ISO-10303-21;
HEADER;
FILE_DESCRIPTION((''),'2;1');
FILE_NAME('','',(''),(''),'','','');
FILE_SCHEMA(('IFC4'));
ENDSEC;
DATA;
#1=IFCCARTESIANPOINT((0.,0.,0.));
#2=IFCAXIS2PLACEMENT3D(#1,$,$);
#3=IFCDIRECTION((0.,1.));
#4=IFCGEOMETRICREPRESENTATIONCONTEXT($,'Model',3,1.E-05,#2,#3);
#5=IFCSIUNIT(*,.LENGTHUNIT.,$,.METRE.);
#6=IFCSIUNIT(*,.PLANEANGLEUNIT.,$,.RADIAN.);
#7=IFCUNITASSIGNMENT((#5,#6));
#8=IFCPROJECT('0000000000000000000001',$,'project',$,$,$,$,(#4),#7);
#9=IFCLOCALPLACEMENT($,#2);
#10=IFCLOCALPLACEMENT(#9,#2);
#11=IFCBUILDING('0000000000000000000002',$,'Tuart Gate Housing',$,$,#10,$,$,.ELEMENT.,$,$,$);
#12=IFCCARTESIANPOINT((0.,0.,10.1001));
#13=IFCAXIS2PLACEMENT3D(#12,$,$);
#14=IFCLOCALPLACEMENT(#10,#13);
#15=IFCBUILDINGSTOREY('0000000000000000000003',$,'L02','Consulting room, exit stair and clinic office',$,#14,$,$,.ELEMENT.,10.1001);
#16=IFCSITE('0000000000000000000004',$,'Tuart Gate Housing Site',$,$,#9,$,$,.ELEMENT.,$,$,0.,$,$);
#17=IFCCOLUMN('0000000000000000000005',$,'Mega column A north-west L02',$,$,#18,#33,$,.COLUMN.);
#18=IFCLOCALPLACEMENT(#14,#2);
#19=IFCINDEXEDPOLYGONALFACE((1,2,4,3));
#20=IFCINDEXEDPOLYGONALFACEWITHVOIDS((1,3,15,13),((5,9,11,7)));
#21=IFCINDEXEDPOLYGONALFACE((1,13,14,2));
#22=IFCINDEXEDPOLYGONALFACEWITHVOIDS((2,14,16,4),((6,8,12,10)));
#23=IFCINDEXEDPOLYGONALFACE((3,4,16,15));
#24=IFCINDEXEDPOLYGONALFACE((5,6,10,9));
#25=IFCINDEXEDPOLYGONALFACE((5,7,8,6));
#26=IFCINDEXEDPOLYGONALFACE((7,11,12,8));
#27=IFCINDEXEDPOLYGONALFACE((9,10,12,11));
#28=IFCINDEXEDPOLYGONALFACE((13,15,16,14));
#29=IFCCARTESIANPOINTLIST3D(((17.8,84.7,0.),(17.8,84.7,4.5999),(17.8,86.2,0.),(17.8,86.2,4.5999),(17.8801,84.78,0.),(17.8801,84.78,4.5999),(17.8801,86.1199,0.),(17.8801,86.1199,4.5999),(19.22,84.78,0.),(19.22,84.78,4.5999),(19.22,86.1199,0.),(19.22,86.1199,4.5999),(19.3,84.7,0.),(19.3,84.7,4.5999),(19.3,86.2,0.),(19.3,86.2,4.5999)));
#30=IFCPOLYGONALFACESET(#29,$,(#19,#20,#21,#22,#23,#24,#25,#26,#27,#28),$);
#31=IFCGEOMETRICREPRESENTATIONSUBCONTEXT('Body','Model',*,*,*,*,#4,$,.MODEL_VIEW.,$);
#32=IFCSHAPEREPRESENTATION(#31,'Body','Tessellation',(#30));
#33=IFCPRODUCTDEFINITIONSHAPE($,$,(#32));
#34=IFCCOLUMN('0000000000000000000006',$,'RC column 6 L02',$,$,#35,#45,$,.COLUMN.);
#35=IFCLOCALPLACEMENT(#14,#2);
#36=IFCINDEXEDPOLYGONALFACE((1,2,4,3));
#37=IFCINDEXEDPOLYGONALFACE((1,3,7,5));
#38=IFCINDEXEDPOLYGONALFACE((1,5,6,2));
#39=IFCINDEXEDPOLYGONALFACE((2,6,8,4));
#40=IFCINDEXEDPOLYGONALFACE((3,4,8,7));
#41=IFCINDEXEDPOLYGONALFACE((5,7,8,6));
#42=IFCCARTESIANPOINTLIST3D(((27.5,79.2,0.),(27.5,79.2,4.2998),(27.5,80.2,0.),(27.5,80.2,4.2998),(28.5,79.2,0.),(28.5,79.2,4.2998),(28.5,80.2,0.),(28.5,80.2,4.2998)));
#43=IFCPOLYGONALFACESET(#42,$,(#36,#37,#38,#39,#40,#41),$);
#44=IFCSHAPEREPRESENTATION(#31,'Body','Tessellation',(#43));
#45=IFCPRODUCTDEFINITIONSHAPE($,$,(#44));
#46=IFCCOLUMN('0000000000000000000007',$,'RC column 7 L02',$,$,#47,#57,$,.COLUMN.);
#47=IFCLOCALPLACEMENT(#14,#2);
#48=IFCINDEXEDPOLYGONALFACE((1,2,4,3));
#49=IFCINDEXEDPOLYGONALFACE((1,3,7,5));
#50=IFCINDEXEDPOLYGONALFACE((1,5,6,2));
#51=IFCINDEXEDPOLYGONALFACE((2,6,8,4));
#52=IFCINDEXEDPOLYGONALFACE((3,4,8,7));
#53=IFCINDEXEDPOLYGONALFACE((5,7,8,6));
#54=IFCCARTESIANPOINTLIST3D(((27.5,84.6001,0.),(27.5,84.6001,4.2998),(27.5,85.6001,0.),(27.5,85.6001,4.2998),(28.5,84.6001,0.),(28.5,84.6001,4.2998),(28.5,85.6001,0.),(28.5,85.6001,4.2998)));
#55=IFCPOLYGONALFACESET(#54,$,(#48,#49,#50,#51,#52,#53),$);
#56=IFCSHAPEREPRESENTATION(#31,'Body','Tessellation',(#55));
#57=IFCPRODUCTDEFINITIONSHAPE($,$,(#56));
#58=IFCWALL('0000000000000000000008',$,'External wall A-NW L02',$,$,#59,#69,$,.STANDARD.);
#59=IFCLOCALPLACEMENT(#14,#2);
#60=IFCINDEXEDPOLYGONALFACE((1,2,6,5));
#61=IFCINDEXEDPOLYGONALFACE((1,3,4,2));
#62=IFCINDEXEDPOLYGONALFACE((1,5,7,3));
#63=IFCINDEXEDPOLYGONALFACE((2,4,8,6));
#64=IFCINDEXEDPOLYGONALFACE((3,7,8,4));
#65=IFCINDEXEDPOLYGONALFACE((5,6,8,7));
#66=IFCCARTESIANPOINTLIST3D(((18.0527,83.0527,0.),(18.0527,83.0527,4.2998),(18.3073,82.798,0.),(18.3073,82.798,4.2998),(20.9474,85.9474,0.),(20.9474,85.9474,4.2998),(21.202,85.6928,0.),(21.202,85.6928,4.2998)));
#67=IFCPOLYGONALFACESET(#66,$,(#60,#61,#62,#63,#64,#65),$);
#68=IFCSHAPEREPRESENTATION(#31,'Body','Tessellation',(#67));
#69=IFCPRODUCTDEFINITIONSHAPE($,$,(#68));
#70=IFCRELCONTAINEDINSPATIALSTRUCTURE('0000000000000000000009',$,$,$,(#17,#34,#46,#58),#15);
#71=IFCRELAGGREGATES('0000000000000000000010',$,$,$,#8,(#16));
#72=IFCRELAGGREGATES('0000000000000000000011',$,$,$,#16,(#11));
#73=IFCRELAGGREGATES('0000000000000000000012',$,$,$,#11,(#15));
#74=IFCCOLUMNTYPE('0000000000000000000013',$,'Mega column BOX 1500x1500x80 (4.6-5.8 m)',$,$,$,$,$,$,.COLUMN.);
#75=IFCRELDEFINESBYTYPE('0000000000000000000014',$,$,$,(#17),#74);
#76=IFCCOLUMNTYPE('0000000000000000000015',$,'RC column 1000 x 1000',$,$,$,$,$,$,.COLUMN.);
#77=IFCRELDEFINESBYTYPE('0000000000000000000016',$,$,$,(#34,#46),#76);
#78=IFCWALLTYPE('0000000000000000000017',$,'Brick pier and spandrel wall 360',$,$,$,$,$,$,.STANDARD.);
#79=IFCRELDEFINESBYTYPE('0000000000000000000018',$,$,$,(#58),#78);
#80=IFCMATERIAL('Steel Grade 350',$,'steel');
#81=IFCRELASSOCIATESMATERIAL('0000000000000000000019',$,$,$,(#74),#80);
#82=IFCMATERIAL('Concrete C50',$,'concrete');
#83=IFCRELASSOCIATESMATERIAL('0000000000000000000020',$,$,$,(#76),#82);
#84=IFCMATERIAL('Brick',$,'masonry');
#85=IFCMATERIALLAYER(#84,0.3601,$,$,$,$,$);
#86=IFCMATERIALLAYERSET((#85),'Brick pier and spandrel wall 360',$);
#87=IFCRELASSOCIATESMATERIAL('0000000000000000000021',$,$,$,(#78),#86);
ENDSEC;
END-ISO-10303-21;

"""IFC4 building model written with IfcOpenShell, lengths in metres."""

from ifc_helpers import new_model, si_unit, direction, frame, frame_2d, origin, origin_2d, place, context, subcontext, project, spatial, rectangle, hollow_rectangle, extrude, material, layer, layer_set, material_profile, profile_set, type_object, element, save


model = new_model("IFC4")

# Units and contexts
model_context = context("Model", 3, precision=1e-05, world=origin(), true_north=direction((0.0, 1.0)))
body_context = subcontext(model_context, "Body", "Model", "MODEL_VIEW")
ifc_project = project(units=[si_unit("LENGTHUNIT", "METRE"), si_unit("PLANEANGLEUNIT", "RADIAN")], contexts=[model_context])

# Site, building, storey
site_placement = place(None, origin())
site = spatial("IfcSite", under=ifc_project, at=site_placement, Name="Tuart Gate Housing Site", CompositionType="ELEMENT", RefElevation=0.0)
building_placement = place(site_placement, origin())
building = spatial("IfcBuilding", under=site, at=building_placement, Name="Tuart Gate Housing", CompositionType="ELEMENT")
storey_placement = place(building_placement, frame((0.0, 0.0, 10.1001)))
storey = spatial("IfcBuildingStorey", under=building, at=storey_placement, Name="L02", Description="Consulting room, exit stair and clinic office", CompositionType="ELEMENT", Elevation=10.1001)

# Columns
ifc_material_1 = material(Name="Steel Grade 350", Category="steel")
ifc_material_profile_1 = material_profile(ifc_material_1, hollow_rectangle(XDim=1.5, YDim=1.5, WallThickness=0.0801, at=origin_2d()), Name="BOX 1500x1500x80")
ifc_profile_set_1 = profile_set([ifc_material_profile_1], Name="Steel Grade 350")
column_type_1 = type_object("IfcColumnType", Name="Mega column BOX 1500x1500x80 (4.6-5.8 m)", PredefinedType="COLUMN", material=ifc_profile_set_1)
column_placement = place(storey_placement, frame((18.55, 85.45, 0.0), z_axis=(0.0, 0.0, 1.0), x_axis=(1.0, 0.0, 0.0)))
element("IfcColumn", 1, at=column_placement, inside=storey, type_object=column_type_1, Name="Mega column A north-west L02", PredefinedType="COLUMN", context=body_context, shape_type="SweptSolid", body=[
    extrude(hollow_rectangle(XDim=1.5, YDim=1.5, WallThickness=0.0801, at=origin_2d()), origin(), (0.0, 0.0, 1.0), 4.5999),
])
ifc_material_2 = material(Name="Concrete C50", Category="concrete")
ifc_material_profile_2 = material_profile(ifc_material_2, rectangle(XDim=1.0, YDim=1.0, at=origin_2d()), Name="RC column 1000 x 1000")
ifc_profile_set_2 = profile_set([ifc_material_profile_2], Name="Concrete C50")
column_type_2 = type_object("IfcColumnType", Name="RC column 1000 x 1000", PredefinedType="COLUMN", material=ifc_profile_set_2)
for number, where, z_axis, x_axis, name in (
    (2, (28.0, 79.7, 0.0), (0.0, 0.0, 1.0), (1.0, 0.0, 0.0), "RC column 6 L02"),
    (3, (28.0, 85.1001, 0.0), (0.0, 0.0, 1.0), (1.0, 0.0, 0.0), "RC column 7 L02"),
):
    element("IfcColumn", number, at=place(storey_placement, frame(where, z_axis=z_axis, x_axis=x_axis)), inside=storey, type_object=column_type_2, Name=name, PredefinedType="COLUMN", context=body_context, shape_type="SweptSolid", body=[
        extrude(rectangle(XDim=1.0, YDim=1.0, at=origin_2d()), origin(), (0.0, 0.0, 1.0), 4.2998),
    ])

# Wall
ifc_material_3 = material(Name="Brick", Category="masonry")
ifc_layer = layer(ifc_material_3, 0.3601)
ifc_layer_set = layer_set([ifc_layer], Name="Brick pier and spandrel wall 360")
wall_type = type_object("IfcWallType", Name="Brick pier and spandrel wall 360", PredefinedType="STANDARD", material=ifc_layer_set)
wall_1_placement = place(storey_placement, frame((21.0747, 85.8201, 0.0), z_axis=(0.0, 0.0, 1.0), x_axis=(-0.707107, -0.707107, 0.0)))
element("IfcWall", 4, at=wall_1_placement, inside=storey, type_object=wall_type, Name="External wall A-NW L02", PredefinedType="STANDARD", context=body_context, shape_type="SweptSolid", body=[
    extrude(rectangle(XDim=4.0938, YDim=0.3601, at=frame_2d((2.0469, 0.0))), origin(), (0.0, 0.0, 1.0), 4.2998),
])

save(model, "model.ifc")
